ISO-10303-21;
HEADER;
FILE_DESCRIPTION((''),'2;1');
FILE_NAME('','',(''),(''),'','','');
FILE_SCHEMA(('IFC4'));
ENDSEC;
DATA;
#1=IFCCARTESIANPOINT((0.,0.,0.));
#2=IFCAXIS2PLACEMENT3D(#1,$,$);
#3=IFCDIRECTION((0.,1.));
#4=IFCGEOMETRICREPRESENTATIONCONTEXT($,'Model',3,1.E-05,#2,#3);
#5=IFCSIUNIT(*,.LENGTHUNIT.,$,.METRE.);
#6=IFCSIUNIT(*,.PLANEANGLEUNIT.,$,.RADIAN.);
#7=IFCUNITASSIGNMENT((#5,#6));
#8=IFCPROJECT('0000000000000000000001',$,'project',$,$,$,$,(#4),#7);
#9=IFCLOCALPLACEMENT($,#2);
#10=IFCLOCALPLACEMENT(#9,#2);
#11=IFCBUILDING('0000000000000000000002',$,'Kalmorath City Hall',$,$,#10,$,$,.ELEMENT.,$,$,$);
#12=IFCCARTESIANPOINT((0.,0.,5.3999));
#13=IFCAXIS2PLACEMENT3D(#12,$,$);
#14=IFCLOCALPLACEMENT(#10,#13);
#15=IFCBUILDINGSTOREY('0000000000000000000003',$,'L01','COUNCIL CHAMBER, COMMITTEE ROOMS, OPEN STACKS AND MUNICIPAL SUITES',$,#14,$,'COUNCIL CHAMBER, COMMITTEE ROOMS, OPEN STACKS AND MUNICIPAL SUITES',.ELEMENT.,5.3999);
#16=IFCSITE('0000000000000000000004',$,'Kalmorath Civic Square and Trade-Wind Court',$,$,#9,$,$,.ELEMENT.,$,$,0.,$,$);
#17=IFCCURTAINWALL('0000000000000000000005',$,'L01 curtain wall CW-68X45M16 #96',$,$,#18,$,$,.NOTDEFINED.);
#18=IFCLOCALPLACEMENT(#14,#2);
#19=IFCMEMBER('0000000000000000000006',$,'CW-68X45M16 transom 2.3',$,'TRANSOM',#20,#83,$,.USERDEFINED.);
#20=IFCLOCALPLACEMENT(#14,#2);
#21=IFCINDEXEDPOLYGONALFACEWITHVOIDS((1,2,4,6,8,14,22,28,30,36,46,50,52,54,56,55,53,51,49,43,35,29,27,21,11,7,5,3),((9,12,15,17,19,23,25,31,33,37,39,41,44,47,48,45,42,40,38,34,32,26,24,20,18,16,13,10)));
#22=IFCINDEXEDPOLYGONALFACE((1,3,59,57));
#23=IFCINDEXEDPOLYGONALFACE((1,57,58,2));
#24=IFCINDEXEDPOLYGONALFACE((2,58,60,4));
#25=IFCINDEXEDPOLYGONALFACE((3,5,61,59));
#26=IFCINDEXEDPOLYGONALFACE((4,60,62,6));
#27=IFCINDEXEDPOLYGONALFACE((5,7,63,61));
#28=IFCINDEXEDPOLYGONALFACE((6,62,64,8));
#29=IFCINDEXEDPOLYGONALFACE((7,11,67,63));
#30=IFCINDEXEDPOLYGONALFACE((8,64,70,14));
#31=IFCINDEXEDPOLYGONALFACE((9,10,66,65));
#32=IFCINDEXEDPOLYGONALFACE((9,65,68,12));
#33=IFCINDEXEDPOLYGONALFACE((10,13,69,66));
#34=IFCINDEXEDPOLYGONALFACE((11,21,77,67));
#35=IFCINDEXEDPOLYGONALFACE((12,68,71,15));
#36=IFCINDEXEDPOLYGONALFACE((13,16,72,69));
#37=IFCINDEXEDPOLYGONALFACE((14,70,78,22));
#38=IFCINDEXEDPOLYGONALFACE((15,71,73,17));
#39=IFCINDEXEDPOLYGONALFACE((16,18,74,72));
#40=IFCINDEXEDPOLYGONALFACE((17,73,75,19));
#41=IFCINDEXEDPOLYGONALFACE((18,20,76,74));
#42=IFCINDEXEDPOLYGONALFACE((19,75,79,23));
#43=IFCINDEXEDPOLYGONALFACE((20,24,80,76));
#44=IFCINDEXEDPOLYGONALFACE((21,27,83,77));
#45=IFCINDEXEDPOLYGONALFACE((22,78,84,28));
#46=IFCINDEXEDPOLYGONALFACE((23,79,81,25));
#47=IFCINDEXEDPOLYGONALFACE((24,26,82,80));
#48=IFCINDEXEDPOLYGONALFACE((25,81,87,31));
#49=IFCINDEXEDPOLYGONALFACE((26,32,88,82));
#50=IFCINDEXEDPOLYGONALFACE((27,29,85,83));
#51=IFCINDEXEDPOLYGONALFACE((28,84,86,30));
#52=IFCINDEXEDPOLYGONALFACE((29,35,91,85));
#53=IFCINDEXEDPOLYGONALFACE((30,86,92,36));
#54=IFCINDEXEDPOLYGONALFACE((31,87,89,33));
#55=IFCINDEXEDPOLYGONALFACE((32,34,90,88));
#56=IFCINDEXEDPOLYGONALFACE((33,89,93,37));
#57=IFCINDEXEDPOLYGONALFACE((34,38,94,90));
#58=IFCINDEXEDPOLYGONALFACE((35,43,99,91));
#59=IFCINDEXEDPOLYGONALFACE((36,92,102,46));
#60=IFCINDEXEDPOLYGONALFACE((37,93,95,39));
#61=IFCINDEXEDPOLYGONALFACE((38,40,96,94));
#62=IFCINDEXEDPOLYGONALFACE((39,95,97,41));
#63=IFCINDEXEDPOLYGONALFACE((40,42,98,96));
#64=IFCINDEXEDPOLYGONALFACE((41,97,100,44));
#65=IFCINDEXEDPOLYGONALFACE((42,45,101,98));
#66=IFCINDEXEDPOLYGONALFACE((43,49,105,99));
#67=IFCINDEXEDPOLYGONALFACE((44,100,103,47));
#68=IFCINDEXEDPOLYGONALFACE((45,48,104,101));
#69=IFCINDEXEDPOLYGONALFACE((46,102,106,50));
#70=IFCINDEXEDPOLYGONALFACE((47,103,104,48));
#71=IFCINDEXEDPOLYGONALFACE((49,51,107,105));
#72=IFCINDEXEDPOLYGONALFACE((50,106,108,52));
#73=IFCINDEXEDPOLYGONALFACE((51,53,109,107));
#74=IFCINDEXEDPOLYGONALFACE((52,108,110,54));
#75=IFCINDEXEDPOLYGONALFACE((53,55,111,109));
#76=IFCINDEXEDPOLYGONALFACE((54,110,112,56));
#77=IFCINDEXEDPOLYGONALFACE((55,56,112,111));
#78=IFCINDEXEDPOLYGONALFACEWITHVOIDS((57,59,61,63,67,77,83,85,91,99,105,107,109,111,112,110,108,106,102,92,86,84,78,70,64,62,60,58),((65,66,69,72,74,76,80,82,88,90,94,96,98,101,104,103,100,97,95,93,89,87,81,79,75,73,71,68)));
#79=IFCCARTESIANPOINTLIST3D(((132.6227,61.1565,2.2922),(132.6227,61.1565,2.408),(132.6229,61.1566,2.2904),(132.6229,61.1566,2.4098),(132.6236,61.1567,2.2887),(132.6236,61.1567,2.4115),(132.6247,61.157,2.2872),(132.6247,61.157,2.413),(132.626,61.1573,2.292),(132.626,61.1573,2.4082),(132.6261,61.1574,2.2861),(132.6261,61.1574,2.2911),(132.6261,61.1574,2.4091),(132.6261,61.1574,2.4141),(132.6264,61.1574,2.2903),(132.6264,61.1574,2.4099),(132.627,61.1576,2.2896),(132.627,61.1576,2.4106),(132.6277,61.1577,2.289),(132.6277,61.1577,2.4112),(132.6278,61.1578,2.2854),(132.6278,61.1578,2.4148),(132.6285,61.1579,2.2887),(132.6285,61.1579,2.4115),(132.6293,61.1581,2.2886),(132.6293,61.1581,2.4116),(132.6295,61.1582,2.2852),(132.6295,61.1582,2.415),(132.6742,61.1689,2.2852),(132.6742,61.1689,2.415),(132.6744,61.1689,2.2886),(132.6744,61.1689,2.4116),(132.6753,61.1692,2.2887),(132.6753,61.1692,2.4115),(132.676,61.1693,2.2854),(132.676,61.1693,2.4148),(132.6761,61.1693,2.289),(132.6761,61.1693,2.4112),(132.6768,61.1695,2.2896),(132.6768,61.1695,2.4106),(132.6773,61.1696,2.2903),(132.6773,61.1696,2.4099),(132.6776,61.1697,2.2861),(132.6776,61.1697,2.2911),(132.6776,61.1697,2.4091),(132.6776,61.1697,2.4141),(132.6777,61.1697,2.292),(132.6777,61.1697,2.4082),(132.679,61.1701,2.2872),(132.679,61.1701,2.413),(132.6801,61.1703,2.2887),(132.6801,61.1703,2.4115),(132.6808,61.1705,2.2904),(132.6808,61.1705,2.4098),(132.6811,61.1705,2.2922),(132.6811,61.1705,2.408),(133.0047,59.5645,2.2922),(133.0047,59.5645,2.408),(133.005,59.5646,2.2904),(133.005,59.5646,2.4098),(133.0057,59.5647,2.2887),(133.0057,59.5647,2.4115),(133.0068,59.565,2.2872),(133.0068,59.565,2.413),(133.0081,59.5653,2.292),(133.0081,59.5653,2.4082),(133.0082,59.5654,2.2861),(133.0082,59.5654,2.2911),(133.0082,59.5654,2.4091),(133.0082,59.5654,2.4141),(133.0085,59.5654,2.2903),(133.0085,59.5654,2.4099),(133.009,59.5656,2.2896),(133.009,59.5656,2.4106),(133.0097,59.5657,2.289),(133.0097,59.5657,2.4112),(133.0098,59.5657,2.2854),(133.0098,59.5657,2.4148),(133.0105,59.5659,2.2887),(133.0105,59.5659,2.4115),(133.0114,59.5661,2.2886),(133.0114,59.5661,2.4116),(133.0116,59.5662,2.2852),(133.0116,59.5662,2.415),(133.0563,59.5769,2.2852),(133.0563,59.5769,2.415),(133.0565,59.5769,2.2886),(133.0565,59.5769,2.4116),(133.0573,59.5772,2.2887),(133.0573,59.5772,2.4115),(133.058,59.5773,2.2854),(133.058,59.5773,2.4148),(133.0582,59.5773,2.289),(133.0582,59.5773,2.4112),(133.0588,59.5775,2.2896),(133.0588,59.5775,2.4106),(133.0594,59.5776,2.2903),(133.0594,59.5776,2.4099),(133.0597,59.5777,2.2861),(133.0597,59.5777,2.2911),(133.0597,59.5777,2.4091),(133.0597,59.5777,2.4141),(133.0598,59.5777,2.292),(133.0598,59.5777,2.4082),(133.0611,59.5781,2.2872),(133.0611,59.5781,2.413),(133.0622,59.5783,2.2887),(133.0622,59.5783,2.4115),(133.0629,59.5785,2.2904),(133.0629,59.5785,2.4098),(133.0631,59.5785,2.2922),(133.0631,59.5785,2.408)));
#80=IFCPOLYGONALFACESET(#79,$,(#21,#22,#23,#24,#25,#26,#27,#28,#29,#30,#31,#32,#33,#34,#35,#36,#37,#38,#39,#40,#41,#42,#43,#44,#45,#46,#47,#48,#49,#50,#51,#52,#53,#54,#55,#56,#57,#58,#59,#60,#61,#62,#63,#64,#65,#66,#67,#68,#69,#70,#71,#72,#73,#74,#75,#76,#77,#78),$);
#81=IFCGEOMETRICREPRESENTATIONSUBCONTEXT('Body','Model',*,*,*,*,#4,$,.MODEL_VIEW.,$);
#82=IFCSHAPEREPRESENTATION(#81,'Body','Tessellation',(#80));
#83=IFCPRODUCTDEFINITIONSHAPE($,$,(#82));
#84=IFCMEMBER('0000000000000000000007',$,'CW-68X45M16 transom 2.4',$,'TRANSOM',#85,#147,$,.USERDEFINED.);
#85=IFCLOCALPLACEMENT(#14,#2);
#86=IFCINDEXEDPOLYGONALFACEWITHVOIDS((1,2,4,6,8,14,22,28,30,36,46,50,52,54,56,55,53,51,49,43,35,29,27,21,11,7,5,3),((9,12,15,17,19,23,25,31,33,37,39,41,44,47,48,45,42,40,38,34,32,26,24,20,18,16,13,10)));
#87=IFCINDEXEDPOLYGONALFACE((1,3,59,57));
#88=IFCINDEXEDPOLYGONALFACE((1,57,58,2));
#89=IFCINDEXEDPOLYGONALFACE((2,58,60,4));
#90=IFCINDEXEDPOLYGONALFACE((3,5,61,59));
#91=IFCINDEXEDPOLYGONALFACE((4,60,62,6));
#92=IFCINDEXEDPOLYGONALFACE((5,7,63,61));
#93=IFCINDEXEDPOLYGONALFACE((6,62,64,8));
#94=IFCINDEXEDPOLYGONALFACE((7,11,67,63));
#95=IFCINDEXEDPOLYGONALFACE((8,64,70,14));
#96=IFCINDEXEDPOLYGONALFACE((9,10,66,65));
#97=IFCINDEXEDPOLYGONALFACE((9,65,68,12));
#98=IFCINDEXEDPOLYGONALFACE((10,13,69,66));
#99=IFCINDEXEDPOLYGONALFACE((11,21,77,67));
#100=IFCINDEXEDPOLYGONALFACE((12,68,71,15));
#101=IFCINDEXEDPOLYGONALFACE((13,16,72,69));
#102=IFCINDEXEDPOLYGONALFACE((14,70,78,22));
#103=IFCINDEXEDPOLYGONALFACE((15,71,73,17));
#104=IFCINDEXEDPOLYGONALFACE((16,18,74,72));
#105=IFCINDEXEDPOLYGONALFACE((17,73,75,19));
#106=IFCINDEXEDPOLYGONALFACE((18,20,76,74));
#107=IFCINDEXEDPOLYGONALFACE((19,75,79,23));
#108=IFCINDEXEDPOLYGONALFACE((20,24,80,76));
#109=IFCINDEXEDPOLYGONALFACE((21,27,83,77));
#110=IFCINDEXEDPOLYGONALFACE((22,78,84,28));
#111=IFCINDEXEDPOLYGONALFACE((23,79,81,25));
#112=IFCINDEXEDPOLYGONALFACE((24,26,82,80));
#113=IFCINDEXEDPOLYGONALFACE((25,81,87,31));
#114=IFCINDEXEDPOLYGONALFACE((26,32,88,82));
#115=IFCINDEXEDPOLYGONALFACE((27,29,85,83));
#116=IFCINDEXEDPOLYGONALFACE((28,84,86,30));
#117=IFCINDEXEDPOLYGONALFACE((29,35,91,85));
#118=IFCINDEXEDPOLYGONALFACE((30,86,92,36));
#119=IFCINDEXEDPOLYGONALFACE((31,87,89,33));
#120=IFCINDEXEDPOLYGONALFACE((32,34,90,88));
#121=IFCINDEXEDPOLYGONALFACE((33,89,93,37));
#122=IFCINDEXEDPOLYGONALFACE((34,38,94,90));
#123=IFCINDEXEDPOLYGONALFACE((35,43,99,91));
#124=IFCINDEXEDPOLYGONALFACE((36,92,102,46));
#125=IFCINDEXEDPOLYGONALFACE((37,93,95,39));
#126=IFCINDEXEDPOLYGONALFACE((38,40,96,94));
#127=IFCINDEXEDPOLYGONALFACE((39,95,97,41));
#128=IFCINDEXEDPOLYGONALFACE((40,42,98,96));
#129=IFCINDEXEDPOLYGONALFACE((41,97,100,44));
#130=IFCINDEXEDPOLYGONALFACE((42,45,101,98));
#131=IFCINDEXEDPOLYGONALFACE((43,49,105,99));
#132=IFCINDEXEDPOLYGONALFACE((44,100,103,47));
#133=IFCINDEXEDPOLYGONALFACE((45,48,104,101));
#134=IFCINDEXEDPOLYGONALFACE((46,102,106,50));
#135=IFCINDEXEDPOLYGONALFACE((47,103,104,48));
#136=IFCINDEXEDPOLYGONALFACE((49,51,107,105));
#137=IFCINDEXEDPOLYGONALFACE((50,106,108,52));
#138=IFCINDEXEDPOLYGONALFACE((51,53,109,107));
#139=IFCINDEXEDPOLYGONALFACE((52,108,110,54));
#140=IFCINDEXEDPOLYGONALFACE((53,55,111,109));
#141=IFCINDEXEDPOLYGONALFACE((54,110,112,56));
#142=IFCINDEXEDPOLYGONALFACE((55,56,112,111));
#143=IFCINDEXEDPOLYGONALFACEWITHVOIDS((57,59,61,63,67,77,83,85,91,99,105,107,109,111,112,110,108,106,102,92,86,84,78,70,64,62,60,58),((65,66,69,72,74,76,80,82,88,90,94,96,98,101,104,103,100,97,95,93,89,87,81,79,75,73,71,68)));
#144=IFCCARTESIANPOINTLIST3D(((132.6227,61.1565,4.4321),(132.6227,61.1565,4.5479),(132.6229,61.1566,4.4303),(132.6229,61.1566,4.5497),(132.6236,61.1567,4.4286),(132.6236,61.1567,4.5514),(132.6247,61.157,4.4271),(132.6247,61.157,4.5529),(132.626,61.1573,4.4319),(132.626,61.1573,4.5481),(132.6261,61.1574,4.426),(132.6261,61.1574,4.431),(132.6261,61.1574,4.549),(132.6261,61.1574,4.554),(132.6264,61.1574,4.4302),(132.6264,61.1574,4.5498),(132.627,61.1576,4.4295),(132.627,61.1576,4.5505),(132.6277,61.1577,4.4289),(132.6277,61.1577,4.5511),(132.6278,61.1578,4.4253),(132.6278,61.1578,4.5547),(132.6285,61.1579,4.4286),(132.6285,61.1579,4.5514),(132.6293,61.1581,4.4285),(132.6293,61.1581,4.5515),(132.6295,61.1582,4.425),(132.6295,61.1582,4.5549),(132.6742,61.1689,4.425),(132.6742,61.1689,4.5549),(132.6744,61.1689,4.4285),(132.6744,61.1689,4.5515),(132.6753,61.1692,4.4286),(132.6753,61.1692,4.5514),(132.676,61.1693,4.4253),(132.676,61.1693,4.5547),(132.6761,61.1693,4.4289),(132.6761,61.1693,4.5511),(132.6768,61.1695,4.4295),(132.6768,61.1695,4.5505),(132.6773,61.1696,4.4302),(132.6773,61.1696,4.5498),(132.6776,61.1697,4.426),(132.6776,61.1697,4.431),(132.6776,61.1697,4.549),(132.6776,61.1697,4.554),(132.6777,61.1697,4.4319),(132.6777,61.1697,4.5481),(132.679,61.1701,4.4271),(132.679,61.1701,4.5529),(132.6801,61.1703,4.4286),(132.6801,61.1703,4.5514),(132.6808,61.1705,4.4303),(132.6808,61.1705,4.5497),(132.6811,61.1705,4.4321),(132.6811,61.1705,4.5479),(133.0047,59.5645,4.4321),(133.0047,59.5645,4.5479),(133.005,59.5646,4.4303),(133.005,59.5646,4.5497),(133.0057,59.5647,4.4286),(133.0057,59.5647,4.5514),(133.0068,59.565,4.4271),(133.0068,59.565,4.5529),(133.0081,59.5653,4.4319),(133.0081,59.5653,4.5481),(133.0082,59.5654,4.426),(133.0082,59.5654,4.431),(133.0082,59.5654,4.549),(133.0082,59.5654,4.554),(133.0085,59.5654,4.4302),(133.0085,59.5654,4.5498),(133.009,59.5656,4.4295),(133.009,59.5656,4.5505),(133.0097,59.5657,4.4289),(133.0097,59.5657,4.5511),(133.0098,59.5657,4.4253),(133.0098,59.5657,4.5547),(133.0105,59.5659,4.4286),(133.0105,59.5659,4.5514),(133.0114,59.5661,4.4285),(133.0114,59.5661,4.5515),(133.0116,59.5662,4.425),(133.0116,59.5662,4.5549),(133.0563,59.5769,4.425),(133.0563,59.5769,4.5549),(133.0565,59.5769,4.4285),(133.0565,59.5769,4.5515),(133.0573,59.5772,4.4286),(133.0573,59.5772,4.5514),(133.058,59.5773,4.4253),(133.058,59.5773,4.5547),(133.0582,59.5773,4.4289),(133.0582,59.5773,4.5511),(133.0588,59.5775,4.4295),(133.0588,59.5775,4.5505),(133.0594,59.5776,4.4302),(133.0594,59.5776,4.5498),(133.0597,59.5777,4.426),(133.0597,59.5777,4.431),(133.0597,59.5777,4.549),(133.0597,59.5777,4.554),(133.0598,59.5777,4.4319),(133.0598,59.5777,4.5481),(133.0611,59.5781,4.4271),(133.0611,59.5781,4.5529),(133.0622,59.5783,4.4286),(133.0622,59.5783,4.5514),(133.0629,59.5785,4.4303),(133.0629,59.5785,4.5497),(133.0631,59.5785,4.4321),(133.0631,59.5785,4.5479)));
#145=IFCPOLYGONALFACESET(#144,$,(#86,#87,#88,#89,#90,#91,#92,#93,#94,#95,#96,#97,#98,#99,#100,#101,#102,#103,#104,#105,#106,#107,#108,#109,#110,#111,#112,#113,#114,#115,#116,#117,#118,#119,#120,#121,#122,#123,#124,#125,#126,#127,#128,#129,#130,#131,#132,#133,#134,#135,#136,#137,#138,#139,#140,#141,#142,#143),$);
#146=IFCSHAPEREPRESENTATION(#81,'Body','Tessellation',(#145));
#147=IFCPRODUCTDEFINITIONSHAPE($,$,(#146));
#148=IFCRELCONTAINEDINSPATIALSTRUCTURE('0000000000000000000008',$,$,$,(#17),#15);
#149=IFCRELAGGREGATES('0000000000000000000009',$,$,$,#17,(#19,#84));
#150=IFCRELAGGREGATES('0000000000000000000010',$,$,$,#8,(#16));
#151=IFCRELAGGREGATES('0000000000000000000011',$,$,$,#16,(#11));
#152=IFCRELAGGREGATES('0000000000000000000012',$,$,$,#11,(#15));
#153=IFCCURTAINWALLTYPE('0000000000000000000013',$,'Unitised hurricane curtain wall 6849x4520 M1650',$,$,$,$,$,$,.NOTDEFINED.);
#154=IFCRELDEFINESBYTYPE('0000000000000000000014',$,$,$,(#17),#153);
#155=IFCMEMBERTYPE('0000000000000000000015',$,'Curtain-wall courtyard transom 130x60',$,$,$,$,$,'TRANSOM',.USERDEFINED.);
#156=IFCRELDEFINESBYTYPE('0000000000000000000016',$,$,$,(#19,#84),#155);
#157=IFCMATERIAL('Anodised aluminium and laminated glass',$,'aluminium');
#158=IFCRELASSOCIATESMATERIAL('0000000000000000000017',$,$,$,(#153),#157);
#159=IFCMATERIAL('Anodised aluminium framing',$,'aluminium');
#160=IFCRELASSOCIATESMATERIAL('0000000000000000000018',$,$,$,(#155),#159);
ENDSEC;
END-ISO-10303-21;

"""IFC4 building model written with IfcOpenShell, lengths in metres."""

from ifc_helpers import new_model, si_unit, direction, frame, origin, origin_2d, place, context, subcontext, project, spatial, hollow_rectangle, extrude, material, material_profile, profile_set, type_object, element, aggregate, save


model = new_model("IFC4")

# Units and contexts
model_context = context("Model", 3, precision=1e-05, world=origin(), true_north=direction((0.0, 1.0)))
body_context = subcontext(model_context, "Body", "Model", "MODEL_VIEW")
ifc_project = project(units=[si_unit("LENGTHUNIT", "METRE"), si_unit("PLANEANGLEUNIT", "RADIAN")], contexts=[model_context])

# Site, building, storey
site_placement = place(None, origin())
site = spatial("IfcSite", under=ifc_project, at=site_placement, Name="Kalmorath Civic Square and Trade-Wind Court", CompositionType="ELEMENT", RefElevation=0.0)
building_placement = place(site_placement, origin())
building = spatial("IfcBuilding", under=site, at=building_placement, Name="Kalmorath City Hall", CompositionType="ELEMENT")
storey_placement = place(building_placement, frame((0.0, 0.0, 5.3999)))
storey = spatial("IfcBuildingStorey", under=building, at=storey_placement, Name="L01", Description="COUNCIL CHAMBER, COMMITTEE ROOMS, OPEN STACKS AND MUNICIPAL SUITES", LongName="COUNCIL CHAMBER, COMMITTEE ROOMS, OPEN STACKS AND MUNICIPAL SUITES", CompositionType="ELEMENT", Elevation=5.3999)

# Curtain wall, members
ifc_material_1 = material(Name="Anodised aluminium and laminated glass", Category="aluminium")
curtain_wall_type = type_object("IfcCurtainWallType", Name="Unitised hurricane curtain wall 6849x4520 M1650", PredefinedType="NOTDEFINED", material=ifc_material_1)
curtain_wall_placement = place(storey_placement, origin())
curtain_wall = element("IfcCurtainWall", 1, at=curtain_wall_placement, inside=storey, type_object=curtain_wall_type, Name="L01 curtain wall CW-68X45M16 #96", PredefinedType="NOTDEFINED")
ifc_material_2 = material(Name="Anodised aluminium framing", Category="aluminium")
ifc_material_profile_1 = material_profile(ifc_material_2, hollow_rectangle(XDim=0.0601, YDim=0.1299, WallThickness=0.0034, InnerFilletRadius=0.0034, OuterFilletRadius=0.0071, at=origin_2d()), Name="ALU-TRN-130X60X3.5")
ifc_profile_set_1 = profile_set([ifc_material_profile_1], Name="Anodised aluminium framing")
member_type_1 = type_object("IfcMemberType", Name="Curtain-wall courtyard transom 130x60", ElementType="TRANSOM", PredefinedType="USERDEFINED", material=ifc_profile_set_1)
member_1_placement = place(storey_placement, frame((133.0339, 59.5715, 2.3501), z_axis=(-0.233367, 0.972389, 0.0), x_axis=(-0.972389, -0.233367, 0.0)))
member_1 = element("IfcMember", 2, at=member_1_placement, type_object=member_type_1, Name="CW-68X45M16 transom 2.3", ObjectType="TRANSOM", PredefinedType="USERDEFINED", context=body_context, shape_type="SweptSolid", body=[
    extrude(hollow_rectangle(XDim=0.0601, YDim=0.1299, WallThickness=0.0034, InnerFilletRadius=0.0034, OuterFilletRadius=0.0071, at=origin_2d()), origin(), (0.0, 0.0, 1.0), 1.6372),
])
member_2_placement = place(storey_placement, frame((133.0339, 59.5715, 4.49), z_axis=(-0.233367, 0.972389, 0.0), x_axis=(-0.972389, -0.233367, 0.0)))
member_2 = element("IfcMember", 3, at=member_2_placement, type_object=member_type_1, Name="CW-68X45M16 transom 2.4", ObjectType="TRANSOM", PredefinedType="USERDEFINED", context=body_context, shape_type="SweptSolid", body=[
    extrude(hollow_rectangle(XDim=0.0601, YDim=0.1299, WallThickness=0.0034, InnerFilletRadius=0.0034, OuterFilletRadius=0.0071, at=origin_2d()), origin(), (0.0, 0.0, 1.0), 1.6372),
])
aggregate(curtain_wall, [member_1, member_2])

save(model, "model.ifc")
